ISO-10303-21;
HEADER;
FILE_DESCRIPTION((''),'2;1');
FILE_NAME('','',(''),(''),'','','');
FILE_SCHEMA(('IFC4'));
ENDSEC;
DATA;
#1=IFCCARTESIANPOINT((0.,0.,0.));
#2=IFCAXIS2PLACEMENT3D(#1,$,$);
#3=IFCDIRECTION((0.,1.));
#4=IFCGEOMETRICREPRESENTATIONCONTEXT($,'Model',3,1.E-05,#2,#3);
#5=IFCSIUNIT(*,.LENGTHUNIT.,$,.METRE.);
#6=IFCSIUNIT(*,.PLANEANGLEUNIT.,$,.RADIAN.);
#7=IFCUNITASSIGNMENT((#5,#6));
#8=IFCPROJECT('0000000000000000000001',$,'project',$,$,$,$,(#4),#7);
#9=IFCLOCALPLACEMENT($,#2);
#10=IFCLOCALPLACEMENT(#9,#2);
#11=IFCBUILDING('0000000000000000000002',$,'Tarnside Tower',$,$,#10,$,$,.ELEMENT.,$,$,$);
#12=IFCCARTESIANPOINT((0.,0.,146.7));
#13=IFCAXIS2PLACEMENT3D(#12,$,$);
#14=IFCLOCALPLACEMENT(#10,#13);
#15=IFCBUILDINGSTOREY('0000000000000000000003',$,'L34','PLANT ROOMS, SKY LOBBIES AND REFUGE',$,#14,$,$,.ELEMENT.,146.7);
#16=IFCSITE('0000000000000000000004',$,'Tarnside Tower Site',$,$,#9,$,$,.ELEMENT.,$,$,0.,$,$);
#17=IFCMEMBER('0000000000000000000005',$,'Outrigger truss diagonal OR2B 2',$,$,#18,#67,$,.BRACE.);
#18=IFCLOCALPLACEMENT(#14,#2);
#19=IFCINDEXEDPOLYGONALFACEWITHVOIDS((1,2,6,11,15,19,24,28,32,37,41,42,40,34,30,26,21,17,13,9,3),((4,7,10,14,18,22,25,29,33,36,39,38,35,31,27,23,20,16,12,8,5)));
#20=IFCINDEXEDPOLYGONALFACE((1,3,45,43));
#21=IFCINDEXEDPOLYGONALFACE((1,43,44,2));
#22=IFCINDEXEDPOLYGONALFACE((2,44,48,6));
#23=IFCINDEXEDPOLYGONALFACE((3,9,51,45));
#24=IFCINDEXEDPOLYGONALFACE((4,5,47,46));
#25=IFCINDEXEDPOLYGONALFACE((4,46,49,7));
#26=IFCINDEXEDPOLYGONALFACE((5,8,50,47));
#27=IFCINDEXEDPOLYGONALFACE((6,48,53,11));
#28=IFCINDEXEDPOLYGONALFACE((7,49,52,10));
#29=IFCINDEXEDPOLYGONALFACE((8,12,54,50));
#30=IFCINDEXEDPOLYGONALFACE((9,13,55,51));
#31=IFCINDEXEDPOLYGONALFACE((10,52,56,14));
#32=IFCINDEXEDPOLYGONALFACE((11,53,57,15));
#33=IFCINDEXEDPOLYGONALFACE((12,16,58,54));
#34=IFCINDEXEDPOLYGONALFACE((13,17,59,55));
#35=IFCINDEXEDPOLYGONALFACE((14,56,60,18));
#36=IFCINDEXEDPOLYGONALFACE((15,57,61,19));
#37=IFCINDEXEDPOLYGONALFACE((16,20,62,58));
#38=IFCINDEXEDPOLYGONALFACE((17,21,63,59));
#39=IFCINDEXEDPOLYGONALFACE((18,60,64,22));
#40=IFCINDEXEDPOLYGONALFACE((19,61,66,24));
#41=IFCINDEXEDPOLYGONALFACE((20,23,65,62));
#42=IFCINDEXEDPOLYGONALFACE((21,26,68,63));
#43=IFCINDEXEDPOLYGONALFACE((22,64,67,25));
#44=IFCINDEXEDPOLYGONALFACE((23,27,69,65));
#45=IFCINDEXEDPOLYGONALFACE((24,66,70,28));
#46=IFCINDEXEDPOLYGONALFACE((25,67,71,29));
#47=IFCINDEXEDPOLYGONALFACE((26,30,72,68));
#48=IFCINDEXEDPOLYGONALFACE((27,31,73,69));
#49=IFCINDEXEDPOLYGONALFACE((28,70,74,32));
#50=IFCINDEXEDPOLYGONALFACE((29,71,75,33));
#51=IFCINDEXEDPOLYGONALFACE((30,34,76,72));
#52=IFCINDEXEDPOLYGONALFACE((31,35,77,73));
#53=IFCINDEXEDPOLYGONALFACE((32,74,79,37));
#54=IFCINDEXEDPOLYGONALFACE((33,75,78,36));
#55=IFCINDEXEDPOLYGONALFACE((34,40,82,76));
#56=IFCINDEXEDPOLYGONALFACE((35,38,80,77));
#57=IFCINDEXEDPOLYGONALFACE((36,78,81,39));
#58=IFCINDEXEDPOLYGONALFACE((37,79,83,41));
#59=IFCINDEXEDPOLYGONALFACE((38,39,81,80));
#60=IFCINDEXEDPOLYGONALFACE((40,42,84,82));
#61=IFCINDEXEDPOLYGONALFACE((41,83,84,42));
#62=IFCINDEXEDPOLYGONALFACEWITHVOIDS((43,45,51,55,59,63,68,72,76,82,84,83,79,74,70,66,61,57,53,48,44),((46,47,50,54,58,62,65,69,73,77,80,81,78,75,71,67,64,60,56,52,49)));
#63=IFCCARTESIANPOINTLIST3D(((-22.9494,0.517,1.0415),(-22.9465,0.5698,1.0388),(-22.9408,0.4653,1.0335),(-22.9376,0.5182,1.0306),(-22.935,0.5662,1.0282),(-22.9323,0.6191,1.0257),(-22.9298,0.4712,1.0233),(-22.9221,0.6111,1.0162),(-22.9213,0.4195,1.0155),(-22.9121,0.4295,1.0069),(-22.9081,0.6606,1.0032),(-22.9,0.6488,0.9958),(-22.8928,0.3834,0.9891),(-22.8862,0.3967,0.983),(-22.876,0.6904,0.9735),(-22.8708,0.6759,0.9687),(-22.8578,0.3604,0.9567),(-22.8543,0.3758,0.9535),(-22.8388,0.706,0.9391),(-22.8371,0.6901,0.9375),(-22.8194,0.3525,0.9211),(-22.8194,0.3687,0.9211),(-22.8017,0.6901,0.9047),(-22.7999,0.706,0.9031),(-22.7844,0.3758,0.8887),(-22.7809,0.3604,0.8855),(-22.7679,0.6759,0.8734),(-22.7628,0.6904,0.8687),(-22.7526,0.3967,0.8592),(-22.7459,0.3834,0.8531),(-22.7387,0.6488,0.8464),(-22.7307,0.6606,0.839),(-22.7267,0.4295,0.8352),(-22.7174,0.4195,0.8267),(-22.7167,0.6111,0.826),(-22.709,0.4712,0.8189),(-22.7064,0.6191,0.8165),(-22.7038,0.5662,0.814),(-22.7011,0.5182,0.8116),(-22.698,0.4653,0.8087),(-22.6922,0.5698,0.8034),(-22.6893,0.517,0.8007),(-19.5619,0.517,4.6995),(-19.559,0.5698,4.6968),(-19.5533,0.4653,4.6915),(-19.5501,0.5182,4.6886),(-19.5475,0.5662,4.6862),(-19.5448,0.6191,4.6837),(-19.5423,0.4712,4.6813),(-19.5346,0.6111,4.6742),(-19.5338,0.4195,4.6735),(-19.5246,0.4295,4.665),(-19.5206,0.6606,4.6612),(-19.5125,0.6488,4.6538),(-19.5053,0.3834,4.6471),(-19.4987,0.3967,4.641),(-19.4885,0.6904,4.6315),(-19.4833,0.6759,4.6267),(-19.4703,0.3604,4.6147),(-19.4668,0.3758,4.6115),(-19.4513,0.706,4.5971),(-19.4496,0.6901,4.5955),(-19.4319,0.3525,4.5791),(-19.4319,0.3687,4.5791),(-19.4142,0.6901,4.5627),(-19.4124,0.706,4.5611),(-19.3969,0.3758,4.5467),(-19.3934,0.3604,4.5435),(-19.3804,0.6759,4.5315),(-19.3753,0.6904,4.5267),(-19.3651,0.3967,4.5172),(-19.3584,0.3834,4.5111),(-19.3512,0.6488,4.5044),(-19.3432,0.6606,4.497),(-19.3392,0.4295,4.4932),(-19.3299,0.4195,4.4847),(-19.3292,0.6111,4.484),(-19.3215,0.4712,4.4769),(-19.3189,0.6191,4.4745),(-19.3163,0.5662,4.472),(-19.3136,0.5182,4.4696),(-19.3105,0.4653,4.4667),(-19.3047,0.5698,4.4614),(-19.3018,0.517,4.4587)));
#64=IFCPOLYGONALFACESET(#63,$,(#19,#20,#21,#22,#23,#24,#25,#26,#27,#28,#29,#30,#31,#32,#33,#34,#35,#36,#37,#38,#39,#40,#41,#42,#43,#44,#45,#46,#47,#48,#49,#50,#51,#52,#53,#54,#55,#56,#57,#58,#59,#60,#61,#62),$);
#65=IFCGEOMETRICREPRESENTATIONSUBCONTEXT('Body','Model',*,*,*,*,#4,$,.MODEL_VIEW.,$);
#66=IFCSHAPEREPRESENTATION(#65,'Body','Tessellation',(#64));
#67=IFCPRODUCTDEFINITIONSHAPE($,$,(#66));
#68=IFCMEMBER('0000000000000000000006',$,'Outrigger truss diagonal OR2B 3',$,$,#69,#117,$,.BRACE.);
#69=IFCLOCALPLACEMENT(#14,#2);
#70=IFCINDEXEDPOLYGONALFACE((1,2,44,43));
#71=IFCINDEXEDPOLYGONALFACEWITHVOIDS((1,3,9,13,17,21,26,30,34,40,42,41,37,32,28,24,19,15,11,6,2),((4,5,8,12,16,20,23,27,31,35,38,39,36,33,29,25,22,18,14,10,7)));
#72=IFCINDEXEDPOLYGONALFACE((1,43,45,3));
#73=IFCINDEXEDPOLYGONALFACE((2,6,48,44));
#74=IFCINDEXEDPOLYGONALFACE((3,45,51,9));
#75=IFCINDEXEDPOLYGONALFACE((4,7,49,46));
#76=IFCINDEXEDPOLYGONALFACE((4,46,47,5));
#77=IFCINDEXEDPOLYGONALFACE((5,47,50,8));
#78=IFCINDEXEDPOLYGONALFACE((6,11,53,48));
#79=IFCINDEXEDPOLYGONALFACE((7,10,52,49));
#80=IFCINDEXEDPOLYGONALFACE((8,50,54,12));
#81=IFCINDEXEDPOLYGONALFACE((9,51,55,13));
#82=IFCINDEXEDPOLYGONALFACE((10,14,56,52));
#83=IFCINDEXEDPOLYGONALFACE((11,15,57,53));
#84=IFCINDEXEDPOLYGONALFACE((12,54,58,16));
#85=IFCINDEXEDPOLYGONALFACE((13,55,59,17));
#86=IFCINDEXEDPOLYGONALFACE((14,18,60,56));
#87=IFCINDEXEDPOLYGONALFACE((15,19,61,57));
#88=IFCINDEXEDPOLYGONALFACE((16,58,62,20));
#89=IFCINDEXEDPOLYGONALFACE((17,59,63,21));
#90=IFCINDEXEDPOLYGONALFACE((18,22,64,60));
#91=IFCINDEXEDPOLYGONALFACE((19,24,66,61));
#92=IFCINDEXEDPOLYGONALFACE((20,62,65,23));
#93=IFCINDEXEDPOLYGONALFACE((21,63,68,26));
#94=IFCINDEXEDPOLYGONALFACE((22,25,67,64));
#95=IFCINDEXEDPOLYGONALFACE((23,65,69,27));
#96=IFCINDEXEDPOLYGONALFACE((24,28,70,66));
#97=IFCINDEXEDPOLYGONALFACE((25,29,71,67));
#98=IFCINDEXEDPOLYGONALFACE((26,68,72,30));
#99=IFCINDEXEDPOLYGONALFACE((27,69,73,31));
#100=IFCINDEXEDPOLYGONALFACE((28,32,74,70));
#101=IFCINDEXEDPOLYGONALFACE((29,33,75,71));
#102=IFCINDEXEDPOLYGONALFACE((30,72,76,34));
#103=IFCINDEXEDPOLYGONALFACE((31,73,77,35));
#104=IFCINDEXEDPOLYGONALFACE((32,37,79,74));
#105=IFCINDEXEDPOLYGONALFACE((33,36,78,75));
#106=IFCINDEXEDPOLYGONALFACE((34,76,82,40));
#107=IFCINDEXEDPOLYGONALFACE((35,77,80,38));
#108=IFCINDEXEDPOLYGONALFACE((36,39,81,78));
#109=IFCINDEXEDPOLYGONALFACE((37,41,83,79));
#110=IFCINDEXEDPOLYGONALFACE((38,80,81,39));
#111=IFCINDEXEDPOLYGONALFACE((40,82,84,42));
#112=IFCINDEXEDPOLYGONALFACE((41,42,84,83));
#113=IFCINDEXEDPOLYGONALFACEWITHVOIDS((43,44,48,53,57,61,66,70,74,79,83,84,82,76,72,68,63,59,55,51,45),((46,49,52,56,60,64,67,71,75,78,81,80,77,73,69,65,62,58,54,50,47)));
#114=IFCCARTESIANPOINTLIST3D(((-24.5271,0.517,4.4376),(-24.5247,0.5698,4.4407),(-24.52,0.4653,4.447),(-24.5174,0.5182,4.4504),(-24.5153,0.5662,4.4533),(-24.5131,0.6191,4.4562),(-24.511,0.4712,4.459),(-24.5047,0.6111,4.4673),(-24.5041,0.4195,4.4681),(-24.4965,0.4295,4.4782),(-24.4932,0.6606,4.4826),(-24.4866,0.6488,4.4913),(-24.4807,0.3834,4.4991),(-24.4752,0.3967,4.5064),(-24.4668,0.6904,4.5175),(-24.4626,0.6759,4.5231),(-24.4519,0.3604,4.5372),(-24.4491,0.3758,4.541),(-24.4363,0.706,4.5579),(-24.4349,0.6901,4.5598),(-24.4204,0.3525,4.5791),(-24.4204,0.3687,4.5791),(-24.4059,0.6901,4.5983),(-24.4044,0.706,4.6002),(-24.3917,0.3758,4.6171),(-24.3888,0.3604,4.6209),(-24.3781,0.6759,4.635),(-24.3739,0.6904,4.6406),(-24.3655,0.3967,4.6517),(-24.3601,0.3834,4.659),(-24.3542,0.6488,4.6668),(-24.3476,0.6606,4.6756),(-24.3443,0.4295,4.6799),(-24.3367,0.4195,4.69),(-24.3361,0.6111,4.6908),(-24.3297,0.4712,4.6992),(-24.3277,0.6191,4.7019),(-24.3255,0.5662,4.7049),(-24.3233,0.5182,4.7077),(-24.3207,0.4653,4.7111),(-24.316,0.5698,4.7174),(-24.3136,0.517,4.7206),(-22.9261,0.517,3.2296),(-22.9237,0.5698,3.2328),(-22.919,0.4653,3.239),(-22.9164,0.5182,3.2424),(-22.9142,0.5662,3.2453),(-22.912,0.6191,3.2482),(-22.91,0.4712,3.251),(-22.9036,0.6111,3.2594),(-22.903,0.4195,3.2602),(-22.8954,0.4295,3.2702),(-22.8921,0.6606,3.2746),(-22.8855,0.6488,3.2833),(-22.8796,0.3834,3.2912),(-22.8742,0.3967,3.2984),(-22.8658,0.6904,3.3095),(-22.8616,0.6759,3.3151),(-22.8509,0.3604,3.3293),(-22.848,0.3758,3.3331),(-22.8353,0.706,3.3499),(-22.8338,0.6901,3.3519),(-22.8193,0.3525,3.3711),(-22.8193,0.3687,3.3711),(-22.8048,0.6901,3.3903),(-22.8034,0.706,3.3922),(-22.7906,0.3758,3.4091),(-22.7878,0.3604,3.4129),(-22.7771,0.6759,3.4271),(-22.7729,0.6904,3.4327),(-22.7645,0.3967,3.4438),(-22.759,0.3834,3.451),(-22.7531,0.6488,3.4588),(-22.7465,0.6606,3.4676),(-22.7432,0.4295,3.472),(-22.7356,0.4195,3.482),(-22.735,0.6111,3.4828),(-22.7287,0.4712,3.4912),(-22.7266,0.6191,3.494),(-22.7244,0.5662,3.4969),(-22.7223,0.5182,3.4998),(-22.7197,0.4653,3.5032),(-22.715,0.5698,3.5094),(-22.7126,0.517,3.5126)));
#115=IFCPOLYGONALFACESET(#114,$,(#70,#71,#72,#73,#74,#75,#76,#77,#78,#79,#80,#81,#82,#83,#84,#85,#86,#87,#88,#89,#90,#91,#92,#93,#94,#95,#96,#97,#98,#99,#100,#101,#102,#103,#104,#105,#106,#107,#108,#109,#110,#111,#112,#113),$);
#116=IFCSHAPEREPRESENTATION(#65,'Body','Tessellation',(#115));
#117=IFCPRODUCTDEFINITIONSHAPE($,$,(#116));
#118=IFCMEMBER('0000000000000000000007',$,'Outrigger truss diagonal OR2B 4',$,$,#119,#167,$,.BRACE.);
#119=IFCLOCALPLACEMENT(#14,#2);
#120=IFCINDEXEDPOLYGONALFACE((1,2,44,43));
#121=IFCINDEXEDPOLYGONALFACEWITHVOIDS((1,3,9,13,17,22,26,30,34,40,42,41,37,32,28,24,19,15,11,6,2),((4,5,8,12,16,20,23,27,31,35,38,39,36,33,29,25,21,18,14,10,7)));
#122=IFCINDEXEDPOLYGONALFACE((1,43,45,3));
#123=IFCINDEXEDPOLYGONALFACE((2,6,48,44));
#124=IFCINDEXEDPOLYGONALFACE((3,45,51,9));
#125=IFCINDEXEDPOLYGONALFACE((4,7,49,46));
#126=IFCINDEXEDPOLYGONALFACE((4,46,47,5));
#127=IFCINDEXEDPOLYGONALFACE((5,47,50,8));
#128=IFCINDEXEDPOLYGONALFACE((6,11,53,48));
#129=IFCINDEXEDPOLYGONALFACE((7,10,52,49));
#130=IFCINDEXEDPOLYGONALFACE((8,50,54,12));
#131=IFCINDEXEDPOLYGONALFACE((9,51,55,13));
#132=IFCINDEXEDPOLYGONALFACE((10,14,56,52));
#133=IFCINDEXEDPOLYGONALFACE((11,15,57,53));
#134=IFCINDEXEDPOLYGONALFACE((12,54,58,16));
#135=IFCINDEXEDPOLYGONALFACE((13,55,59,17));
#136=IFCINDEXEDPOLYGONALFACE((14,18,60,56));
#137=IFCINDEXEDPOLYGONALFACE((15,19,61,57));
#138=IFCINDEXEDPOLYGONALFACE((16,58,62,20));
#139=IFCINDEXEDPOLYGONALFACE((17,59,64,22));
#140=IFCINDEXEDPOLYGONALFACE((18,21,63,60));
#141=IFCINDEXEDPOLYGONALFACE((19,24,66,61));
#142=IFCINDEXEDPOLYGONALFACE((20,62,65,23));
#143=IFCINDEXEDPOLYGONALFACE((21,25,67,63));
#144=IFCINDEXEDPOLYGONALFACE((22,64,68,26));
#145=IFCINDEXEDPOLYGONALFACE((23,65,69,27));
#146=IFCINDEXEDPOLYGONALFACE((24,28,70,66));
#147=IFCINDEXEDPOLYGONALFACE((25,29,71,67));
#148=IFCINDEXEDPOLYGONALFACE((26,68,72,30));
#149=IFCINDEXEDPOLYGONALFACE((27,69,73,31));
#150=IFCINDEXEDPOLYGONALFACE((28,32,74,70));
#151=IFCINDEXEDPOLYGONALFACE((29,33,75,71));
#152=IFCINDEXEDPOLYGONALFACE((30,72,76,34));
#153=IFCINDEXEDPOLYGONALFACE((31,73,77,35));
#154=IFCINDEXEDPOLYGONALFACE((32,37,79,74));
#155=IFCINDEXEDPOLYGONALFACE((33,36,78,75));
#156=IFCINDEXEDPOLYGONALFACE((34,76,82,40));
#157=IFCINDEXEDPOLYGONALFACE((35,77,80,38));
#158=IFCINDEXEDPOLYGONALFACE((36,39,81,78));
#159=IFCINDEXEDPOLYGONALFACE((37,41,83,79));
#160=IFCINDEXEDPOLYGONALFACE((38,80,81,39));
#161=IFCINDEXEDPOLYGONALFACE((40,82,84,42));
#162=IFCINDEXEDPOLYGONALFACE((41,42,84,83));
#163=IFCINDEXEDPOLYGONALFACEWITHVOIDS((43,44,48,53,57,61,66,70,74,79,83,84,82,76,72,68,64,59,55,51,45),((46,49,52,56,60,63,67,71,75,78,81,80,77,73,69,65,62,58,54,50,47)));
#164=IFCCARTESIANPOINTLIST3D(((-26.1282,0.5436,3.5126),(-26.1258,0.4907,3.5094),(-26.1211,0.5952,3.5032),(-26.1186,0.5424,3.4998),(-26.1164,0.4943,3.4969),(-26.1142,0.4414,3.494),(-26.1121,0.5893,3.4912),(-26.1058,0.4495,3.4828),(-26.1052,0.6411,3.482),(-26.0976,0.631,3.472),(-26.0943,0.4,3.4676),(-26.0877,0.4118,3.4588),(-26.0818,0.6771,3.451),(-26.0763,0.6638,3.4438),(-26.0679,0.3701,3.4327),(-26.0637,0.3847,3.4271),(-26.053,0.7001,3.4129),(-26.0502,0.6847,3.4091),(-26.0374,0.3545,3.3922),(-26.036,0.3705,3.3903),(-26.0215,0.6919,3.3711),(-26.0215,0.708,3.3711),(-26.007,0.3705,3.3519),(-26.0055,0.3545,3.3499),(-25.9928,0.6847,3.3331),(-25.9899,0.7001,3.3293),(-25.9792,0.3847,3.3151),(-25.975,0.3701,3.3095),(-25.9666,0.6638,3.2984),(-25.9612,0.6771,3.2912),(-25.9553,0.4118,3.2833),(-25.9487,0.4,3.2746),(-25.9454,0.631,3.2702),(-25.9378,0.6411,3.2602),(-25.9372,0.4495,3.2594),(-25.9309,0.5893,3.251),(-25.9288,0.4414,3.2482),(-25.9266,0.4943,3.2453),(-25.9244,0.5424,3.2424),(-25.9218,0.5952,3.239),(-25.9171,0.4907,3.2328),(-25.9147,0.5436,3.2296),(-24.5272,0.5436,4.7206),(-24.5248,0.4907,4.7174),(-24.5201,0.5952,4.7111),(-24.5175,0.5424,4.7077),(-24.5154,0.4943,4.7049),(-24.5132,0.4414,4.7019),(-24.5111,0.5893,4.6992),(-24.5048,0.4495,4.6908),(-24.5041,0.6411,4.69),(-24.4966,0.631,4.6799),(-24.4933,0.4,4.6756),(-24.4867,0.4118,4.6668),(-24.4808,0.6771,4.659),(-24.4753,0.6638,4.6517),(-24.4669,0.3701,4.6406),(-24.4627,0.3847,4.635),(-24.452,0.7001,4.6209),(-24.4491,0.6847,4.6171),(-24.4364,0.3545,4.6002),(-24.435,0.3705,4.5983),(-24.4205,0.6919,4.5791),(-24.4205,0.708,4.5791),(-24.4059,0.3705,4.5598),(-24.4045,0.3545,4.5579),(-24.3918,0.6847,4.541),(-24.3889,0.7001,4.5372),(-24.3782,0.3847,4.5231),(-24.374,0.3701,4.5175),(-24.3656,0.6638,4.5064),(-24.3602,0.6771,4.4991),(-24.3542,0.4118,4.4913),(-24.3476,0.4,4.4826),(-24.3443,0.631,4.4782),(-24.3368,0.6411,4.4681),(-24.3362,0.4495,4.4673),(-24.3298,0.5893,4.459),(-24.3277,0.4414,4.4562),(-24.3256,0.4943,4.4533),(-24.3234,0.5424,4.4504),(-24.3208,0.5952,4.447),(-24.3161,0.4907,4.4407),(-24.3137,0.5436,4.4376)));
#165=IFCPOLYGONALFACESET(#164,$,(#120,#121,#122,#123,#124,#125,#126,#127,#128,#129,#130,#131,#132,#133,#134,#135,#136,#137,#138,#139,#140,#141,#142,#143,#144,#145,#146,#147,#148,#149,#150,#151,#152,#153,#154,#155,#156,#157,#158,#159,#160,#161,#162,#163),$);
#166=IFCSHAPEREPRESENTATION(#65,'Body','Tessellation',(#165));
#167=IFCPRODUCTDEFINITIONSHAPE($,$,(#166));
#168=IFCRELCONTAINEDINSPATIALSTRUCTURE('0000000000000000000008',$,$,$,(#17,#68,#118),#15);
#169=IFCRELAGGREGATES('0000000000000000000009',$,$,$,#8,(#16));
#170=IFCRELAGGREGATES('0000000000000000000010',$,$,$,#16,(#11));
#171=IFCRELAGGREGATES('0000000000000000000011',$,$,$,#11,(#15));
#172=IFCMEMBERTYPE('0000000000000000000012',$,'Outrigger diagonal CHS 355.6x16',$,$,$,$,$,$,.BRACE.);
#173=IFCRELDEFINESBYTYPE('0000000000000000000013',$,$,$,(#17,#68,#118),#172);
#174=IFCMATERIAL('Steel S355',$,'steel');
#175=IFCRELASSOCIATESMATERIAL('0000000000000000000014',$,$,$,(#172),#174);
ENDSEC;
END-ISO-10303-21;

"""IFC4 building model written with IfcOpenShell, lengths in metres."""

from ifc_helpers import new_model, si_unit, direction, frame, origin, origin_2d, place, context, subcontext, project, spatial, hollow_circle, extrude, material, material_profile, profile_set, type_object, element, save


model = new_model("IFC4")

# Units and contexts
model_context = context("Model", 3, precision=1e-05, world=origin(), true_north=direction((0.0, 1.0)))
body_context = subcontext(model_context, "Body", "Model", "MODEL_VIEW")
ifc_project = project(units=[si_unit("LENGTHUNIT", "METRE"), si_unit("PLANEANGLEUNIT", "RADIAN")], contexts=[model_context])

# Site, building, storey
site_placement = place(None, origin())
site = spatial("IfcSite", under=ifc_project, at=site_placement, Name="Tarnside Tower Site", CompositionType="ELEMENT", RefElevation=0.0)
building_placement = place(site_placement, origin())
building = spatial("IfcBuilding", under=site, at=building_placement, Name="Tarnside Tower", CompositionType="ELEMENT")
storey_placement = place(building_placement, frame((0.0, 0.0, 146.7)))
storey = spatial("IfcBuildingStorey", under=building, at=storey_placement, Name="L34", Description="PLANT ROOMS, SKY LOBBIES AND REFUGE", CompositionType="ELEMENT", Elevation=146.7)

# Shared definitions
ifc_material_1 = material(Name="Steel S355", Category="steel")

# Members
ifc_material_profile_1 = material_profile(ifc_material_1, hollow_circle(Radius=0.1777, WallThickness=0.0161, at=origin_2d()), Name="CHS 355.6x16")
ifc_profile_set_1 = profile_set([ifc_material_profile_1], Name="Steel S355")
member_type_1 = type_object("IfcMemberType", Name="Outrigger diagonal CHS 355.6x16", PredefinedType="BRACE", material=ifc_profile_set_1)
member_1_placement = place(storey_placement, frame((-19.4319, 0.5303, 4.5791), z_axis=(-0.679457, 0.0, -0.733715), x_axis=(0.0, -1.0, 0.0)))
element("IfcMember", 1, at=member_1_placement, inside=storey, type_object=member_type_1, Name="Outrigger truss diagonal OR2B 2", PredefinedType="BRACE", context=body_context, shape_type="SweptSolid", body=[
    extrude(hollow_circle(Radius=0.1777, WallThickness=0.0161, at=origin_2d()), origin(), (0.0, 0.0, 1.0), 4.9856),
])
for number, where, z_axis, x_axis, name in (
    (2, (-22.8193, 0.5303, 3.3711), (-0.798273, 0.0, 0.602296), (0.0, -1.0, 0.0), "Outrigger truss diagonal OR2B 3"),
    (3, (-26.0215, 0.5303, 3.3711), (0.798273, 0.0, 0.602296), (0.0, 1.0, 0.0), "Outrigger truss diagonal OR2B 4"),
):
    element("IfcMember", number, at=place(storey_placement, frame(where, z_axis=z_axis, x_axis=x_axis)), inside=storey, type_object=member_type_1, Name=name, PredefinedType="BRACE", context=body_context, shape_type="SweptSolid", body=[
        extrude(hollow_circle(Radius=0.1777, WallThickness=0.0161, at=origin_2d()), origin(), (0.0, 0.0, 1.0), 2.0056),
    ])

save(model, "model.ifc")
